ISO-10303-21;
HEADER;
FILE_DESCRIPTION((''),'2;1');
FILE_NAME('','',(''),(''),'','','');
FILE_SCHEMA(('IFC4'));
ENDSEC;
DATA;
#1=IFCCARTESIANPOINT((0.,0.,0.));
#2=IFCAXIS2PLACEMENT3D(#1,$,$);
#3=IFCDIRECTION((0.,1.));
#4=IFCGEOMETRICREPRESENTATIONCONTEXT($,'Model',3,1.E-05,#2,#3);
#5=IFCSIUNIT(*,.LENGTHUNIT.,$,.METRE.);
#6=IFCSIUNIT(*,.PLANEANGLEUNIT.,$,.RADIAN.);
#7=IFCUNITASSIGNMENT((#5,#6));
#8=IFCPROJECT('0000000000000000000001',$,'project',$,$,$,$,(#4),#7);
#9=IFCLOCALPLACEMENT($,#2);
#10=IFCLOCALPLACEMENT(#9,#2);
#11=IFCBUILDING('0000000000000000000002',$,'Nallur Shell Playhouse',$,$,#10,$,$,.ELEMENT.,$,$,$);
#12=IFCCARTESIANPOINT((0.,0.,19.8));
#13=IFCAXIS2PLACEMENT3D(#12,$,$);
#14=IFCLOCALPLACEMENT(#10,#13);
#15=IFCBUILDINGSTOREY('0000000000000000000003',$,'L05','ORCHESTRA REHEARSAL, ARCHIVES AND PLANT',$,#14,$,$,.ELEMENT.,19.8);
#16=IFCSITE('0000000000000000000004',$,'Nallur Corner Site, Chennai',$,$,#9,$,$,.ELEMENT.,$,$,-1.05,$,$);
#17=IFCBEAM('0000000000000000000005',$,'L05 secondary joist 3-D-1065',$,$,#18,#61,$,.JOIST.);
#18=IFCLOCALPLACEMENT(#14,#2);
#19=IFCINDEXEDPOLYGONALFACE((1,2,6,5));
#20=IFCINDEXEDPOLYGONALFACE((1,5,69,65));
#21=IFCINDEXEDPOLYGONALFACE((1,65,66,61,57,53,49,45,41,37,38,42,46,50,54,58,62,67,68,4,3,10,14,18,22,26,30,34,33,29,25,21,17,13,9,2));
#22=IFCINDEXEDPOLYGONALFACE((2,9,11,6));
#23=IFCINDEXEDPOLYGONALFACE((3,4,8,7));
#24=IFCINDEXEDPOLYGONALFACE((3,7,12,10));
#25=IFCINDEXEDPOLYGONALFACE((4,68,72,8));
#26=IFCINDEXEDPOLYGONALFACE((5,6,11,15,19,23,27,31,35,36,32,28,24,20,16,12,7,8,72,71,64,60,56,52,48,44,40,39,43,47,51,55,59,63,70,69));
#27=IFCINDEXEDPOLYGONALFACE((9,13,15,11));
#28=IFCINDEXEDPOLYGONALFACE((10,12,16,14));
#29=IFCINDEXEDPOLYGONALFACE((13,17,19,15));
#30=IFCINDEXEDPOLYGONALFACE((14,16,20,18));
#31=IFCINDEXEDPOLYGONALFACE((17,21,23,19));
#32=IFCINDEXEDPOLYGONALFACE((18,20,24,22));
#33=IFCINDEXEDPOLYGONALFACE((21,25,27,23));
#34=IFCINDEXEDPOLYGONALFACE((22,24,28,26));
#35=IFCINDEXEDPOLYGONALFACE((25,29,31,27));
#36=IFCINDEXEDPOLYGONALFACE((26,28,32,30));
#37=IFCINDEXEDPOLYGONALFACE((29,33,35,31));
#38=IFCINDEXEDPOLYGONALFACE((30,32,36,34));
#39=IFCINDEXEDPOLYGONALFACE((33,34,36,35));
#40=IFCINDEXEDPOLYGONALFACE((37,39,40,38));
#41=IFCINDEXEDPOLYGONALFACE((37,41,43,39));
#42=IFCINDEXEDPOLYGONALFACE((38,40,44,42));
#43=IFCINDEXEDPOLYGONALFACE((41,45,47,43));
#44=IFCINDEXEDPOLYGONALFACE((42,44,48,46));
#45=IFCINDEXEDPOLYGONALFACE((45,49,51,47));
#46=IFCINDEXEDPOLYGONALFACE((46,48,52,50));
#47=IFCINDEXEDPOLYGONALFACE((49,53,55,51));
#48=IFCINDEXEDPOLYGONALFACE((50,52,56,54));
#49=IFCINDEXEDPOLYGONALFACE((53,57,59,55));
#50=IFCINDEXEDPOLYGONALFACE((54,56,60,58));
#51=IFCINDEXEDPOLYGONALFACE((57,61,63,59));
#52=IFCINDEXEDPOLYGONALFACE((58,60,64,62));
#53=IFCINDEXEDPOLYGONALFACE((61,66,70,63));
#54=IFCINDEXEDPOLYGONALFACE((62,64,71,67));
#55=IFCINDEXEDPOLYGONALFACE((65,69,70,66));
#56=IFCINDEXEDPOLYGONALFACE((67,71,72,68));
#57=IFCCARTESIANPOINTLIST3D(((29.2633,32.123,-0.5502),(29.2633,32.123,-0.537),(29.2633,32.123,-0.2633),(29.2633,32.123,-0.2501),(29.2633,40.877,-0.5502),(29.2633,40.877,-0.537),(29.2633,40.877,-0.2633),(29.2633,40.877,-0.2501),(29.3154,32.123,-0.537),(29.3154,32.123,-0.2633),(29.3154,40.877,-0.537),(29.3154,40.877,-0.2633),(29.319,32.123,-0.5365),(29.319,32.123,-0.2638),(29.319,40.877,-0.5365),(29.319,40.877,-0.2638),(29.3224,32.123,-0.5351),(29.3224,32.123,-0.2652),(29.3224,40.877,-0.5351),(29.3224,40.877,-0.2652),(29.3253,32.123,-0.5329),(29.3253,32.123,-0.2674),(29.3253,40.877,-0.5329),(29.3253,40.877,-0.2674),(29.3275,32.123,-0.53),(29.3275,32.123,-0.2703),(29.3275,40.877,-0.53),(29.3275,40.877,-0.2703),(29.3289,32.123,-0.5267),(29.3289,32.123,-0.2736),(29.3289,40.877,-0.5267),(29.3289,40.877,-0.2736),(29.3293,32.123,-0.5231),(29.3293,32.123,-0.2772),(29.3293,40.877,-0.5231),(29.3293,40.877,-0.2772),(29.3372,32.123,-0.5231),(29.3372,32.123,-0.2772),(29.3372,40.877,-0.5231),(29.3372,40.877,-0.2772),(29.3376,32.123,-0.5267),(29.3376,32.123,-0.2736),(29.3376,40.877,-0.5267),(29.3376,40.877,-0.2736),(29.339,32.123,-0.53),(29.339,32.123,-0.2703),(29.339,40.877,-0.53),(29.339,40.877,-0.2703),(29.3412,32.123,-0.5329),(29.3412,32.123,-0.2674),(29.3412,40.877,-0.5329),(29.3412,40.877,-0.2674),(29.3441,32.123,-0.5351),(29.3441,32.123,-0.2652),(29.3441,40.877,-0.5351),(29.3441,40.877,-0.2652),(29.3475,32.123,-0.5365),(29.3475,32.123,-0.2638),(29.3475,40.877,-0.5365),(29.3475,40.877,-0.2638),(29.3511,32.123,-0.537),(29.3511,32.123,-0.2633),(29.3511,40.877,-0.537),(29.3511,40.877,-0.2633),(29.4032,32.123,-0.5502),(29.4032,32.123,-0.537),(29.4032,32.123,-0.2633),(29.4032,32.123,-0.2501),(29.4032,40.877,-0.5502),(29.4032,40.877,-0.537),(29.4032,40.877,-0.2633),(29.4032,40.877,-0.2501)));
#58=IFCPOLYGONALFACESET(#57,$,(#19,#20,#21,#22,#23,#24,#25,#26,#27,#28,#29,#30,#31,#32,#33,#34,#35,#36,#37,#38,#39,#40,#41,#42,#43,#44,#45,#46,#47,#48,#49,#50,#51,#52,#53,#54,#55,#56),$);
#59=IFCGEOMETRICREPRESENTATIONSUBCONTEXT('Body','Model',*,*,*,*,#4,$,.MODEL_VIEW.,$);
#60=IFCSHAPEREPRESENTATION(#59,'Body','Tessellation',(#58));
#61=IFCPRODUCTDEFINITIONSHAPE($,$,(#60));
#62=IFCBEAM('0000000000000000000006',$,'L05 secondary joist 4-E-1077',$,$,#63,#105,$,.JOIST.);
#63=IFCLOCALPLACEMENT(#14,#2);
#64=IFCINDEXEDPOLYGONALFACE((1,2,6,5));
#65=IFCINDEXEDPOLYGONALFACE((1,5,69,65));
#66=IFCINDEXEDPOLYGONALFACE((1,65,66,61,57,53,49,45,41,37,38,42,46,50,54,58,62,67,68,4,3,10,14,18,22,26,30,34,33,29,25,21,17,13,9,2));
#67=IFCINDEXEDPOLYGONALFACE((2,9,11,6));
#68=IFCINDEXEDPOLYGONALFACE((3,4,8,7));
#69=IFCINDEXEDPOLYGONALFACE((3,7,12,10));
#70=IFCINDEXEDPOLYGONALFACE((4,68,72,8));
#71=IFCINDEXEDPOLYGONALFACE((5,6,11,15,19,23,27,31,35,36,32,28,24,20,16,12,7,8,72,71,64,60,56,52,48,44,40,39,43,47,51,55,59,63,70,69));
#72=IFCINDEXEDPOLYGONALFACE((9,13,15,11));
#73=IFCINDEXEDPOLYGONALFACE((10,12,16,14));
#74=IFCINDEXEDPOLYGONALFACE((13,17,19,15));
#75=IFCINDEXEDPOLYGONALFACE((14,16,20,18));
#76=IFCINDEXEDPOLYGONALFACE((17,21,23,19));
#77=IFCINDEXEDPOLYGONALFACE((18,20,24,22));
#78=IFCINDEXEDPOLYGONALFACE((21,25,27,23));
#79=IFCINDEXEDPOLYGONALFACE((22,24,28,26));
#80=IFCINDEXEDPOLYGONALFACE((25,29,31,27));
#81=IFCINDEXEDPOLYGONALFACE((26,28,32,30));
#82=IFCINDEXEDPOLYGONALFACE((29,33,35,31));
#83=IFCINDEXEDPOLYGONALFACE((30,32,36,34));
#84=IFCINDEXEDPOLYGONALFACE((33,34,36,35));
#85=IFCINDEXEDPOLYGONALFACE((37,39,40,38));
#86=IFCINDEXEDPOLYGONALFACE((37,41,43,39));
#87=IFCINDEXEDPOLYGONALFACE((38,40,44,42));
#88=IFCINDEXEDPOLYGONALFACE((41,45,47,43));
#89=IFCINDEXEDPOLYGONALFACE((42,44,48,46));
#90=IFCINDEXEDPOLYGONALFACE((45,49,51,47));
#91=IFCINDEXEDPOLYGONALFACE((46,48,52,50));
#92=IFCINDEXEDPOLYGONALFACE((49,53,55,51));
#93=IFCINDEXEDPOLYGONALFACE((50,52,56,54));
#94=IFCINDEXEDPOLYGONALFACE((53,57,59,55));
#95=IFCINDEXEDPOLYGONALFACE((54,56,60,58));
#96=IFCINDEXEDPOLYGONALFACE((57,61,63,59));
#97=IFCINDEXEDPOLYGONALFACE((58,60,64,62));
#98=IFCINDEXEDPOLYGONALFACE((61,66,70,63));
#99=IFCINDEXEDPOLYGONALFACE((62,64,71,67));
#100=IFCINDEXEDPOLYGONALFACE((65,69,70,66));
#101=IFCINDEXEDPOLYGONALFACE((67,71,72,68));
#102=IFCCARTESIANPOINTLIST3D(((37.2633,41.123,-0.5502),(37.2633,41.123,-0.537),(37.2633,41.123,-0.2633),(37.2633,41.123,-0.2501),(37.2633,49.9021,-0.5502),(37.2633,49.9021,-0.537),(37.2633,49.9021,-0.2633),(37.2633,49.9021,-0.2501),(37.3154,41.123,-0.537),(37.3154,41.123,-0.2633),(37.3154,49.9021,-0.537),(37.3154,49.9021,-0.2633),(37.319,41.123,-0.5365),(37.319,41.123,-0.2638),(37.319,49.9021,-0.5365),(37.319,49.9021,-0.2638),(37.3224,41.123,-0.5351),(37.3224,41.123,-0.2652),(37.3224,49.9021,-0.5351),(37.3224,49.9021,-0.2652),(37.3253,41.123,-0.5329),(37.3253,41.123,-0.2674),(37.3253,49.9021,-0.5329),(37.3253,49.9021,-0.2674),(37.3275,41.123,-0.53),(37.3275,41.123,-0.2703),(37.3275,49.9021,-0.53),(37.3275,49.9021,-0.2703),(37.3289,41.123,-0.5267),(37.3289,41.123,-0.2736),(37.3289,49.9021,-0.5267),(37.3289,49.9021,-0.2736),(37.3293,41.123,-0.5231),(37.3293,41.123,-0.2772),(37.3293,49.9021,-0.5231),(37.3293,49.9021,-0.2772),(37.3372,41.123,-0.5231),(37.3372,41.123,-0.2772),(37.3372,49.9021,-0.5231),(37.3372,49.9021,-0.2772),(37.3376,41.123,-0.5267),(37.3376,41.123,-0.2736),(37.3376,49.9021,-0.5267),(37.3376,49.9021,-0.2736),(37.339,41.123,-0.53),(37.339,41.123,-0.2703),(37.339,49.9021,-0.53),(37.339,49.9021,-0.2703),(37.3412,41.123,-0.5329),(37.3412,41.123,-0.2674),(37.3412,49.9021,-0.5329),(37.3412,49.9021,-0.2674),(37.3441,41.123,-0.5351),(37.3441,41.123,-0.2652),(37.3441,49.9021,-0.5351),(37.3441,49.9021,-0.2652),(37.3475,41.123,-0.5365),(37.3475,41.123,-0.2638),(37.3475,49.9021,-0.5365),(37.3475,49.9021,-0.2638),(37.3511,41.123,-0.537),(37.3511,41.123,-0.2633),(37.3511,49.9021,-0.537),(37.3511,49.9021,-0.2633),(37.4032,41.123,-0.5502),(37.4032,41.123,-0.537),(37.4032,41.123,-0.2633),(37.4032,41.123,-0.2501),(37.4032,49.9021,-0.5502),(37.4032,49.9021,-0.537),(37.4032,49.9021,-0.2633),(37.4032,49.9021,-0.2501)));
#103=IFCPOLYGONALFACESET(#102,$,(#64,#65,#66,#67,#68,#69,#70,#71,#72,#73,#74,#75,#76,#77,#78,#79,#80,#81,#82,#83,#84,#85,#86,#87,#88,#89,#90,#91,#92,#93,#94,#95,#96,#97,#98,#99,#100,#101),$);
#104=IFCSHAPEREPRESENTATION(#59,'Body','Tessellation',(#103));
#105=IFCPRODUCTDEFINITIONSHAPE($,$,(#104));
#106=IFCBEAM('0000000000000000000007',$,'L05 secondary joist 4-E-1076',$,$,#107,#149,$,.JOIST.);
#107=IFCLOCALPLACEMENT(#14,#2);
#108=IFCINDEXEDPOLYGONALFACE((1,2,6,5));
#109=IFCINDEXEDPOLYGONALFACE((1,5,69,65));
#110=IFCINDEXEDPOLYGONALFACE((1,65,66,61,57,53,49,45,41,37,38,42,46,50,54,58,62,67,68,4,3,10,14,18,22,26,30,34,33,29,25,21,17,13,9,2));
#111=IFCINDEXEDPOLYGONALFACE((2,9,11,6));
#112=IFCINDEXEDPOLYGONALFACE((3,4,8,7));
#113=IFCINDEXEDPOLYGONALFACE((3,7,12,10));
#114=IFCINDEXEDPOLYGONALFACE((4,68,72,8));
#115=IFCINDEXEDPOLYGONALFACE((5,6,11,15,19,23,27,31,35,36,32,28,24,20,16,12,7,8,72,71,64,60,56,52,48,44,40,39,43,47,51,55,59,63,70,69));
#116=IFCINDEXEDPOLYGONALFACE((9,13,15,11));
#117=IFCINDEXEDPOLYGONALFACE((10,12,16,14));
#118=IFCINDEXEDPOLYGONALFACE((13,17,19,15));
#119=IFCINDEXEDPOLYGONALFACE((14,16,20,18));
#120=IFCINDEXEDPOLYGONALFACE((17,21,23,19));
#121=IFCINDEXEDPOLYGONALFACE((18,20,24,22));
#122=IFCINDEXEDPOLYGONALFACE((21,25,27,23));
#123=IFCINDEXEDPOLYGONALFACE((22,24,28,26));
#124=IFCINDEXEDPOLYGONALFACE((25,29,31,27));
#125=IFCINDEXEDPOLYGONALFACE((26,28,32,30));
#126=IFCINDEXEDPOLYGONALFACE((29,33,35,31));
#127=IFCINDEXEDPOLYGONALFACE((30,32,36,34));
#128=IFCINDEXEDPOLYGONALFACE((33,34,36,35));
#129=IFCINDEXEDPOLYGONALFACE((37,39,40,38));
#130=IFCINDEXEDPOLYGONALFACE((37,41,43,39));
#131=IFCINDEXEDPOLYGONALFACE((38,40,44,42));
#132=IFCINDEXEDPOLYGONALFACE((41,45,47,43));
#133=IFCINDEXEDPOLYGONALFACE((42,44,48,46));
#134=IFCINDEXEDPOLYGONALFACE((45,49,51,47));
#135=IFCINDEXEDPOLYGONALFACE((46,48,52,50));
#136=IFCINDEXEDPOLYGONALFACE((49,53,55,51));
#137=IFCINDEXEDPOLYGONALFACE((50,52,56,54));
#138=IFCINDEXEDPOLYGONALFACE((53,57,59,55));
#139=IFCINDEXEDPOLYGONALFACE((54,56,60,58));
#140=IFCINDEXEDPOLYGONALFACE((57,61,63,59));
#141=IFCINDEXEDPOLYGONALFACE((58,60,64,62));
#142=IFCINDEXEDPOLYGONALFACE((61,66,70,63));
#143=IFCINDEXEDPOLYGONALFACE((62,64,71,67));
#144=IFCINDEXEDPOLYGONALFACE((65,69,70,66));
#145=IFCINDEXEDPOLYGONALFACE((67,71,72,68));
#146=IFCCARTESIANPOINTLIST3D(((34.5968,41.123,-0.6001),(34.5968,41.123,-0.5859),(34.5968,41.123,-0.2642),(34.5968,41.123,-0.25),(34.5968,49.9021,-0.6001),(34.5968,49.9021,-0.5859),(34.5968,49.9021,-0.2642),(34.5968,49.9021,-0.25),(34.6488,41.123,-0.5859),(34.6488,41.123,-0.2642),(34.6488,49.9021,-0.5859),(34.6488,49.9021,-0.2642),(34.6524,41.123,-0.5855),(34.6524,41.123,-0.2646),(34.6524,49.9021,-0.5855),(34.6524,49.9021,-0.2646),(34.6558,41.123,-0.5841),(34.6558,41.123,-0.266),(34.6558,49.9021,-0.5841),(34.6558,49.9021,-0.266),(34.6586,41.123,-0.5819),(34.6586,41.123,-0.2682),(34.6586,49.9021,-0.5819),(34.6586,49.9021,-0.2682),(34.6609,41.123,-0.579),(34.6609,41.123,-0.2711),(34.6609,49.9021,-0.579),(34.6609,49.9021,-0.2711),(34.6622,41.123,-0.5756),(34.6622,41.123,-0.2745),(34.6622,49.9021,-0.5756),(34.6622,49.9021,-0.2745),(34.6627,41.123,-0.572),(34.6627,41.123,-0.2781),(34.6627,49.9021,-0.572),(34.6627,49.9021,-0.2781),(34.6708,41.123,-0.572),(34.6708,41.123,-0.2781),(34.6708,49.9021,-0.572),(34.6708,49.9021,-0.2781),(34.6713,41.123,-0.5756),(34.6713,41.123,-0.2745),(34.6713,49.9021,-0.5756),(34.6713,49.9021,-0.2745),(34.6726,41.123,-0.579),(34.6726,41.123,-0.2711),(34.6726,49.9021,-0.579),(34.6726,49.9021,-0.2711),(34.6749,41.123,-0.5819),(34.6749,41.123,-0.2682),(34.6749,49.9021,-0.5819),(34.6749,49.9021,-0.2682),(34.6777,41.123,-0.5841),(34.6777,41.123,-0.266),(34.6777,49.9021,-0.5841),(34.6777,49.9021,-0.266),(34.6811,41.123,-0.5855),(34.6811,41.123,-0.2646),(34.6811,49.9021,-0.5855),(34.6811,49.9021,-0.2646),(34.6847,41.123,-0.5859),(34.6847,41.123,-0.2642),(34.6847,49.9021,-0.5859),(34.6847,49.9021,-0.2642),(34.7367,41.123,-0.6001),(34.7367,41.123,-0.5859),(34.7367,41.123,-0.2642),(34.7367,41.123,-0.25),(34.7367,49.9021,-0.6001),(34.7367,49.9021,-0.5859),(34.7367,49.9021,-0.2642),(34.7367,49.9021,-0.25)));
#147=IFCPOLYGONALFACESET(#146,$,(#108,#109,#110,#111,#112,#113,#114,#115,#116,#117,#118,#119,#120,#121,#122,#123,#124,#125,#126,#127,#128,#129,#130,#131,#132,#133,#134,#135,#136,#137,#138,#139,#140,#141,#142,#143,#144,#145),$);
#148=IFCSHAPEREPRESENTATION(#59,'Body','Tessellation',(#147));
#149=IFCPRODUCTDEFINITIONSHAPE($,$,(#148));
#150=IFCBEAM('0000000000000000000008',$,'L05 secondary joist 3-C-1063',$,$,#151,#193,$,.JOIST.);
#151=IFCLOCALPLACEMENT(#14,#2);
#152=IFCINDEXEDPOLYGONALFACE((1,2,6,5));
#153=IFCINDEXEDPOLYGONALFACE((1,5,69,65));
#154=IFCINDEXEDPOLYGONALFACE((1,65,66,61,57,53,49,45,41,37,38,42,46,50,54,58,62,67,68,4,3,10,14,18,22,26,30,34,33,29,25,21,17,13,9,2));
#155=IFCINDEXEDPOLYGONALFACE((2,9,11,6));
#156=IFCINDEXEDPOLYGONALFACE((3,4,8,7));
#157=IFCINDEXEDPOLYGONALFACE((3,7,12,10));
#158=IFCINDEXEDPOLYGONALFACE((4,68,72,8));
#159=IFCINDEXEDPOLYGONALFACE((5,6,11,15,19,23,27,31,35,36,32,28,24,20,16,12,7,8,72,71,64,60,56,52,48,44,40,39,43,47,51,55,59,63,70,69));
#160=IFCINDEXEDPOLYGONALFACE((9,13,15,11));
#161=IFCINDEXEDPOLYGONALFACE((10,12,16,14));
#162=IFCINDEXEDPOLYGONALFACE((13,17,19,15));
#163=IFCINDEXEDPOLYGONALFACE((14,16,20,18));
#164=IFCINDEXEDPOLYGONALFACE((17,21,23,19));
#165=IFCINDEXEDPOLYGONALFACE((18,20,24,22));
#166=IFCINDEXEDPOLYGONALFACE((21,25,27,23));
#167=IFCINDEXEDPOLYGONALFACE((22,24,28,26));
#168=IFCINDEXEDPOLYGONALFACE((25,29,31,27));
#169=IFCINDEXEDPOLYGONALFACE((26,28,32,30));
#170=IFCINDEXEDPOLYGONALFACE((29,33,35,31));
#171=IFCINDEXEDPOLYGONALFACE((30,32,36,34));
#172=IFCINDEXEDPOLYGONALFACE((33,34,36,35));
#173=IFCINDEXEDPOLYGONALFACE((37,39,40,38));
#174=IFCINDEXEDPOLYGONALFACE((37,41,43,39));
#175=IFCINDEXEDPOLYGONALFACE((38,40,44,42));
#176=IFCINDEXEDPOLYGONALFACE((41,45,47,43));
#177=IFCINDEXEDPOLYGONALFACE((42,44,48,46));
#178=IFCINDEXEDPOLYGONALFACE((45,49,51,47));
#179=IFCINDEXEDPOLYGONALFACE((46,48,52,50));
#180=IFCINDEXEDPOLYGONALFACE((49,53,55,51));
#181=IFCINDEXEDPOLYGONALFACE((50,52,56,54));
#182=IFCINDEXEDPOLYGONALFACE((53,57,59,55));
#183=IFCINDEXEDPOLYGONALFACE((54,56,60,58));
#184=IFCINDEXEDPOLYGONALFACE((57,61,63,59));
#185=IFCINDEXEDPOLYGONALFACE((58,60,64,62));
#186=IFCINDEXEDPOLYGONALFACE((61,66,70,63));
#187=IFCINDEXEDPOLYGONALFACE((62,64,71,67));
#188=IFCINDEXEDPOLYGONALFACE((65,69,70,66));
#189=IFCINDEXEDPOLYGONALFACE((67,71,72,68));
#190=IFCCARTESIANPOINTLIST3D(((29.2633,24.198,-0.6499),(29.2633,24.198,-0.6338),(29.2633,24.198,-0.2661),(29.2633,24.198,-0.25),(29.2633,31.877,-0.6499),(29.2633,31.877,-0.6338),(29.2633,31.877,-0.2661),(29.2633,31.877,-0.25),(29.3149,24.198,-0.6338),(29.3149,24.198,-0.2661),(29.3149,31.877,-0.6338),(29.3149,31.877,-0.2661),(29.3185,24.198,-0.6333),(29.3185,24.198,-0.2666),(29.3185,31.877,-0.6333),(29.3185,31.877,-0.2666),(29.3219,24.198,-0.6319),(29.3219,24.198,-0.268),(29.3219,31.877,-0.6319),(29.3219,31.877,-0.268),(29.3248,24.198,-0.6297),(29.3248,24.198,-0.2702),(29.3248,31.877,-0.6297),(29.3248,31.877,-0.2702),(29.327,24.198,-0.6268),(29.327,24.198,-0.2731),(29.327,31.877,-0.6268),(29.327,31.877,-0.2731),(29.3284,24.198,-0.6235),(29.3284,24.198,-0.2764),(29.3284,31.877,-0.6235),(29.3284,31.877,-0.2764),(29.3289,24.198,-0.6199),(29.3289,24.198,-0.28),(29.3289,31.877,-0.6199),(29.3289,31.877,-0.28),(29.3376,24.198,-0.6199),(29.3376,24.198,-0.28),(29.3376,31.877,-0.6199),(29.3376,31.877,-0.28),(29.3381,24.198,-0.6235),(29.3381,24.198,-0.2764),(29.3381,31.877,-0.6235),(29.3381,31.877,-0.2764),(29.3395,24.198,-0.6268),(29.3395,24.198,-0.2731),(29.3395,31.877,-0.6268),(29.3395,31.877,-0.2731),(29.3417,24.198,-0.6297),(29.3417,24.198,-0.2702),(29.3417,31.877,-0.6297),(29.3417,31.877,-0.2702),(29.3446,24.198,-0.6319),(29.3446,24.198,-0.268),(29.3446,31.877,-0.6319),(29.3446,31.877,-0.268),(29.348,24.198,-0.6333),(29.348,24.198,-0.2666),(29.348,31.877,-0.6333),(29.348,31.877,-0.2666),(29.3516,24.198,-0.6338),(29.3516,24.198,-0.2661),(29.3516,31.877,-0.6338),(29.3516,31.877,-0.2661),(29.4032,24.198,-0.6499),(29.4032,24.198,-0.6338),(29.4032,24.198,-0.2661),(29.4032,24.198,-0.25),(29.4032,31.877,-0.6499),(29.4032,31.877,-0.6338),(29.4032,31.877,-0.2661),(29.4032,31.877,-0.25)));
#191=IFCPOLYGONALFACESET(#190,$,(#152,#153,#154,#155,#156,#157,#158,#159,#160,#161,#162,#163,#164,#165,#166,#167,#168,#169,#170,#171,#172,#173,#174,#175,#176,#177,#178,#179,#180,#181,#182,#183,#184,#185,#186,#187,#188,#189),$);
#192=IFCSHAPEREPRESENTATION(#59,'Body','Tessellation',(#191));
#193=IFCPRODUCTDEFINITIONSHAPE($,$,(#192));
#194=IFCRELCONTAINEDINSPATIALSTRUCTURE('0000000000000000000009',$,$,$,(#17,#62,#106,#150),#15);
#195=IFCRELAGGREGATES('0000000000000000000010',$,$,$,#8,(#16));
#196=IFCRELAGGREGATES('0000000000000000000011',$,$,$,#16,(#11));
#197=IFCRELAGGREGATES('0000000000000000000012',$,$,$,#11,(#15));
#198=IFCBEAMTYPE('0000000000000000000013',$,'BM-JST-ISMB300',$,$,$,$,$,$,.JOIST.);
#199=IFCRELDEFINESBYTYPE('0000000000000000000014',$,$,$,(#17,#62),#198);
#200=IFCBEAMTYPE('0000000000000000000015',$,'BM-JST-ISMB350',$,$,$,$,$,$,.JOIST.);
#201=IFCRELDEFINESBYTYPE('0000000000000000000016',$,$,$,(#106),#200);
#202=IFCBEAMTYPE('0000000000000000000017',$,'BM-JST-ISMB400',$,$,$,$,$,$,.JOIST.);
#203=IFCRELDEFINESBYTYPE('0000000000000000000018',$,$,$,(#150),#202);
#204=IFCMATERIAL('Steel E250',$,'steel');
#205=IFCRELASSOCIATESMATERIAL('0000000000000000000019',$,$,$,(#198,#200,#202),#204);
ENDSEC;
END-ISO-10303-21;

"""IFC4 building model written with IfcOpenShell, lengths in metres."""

from ifc_helpers import new_model, si_unit, direction, frame, origin, origin_2d, place, context, subcontext, project, spatial, i_section, extrude, material, material_profile, profile_set, type_object, element, save


model = new_model("IFC4")

# Units and contexts
model_context = context("Model", 3, precision=1e-05, world=origin(), true_north=direction((0.0, 1.0)))
body_context = subcontext(model_context, "Body", "Model", "MODEL_VIEW")
ifc_project = project(units=[si_unit("LENGTHUNIT", "METRE"), si_unit("PLANEANGLEUNIT", "RADIAN")], contexts=[model_context])

# Site, building, storey
site_placement = place(None, origin())
site = spatial("IfcSite", under=ifc_project, at=site_placement, Name="Nallur Corner Site, Chennai", CompositionType="ELEMENT", RefElevation=-1.05)
building_placement = place(site_placement, origin())
building = spatial("IfcBuilding", under=site, at=building_placement, Name="Nallur Shell Playhouse", CompositionType="ELEMENT")
storey_placement = place(building_placement, frame((0.0, 0.0, 19.8)))
storey = spatial("IfcBuildingStorey", under=building, at=storey_placement, Name="L05", Description="ORCHESTRA REHEARSAL, ARCHIVES AND PLANT", CompositionType="ELEMENT", Elevation=19.8)

# Beams
ifc_material_1 = material(Name="Steel E250", Category="steel")
ifc_material_profile_1 = material_profile(ifc_material_1, i_section(OverallWidth=0.1399, OverallDepth=0.3, WebThickness=0.0078, FlangeThickness=0.0132, FilletRadius=0.0139, at=origin_2d()), Name="ISMB 300")
ifc_profile_set_1 = profile_set([ifc_material_profile_1], Name="Steel E250")
beam_type_1 = type_object("IfcBeamType", Name="BM-JST-ISMB300", PredefinedType="JOIST", material=ifc_profile_set_1)
beam_1_placement = place(storey_placement, frame((29.3333, 32.123, -0.4001), z_axis=(0.0, 1.0, 0.0), x_axis=(-1.0, 0.0, 0.0)))
element("IfcBeam", 1, at=beam_1_placement, inside=storey, type_object=beam_type_1, Name="L05 secondary joist 3-D-1065", PredefinedType="JOIST", context=body_context, shape_type="SweptSolid", body=[
    extrude(i_section(OverallWidth=0.1399, OverallDepth=0.3, WebThickness=0.0078, FlangeThickness=0.0132, FilletRadius=0.0139, at=origin_2d()), origin(), (0.0, 0.0, 1.0), 8.7539),
])
beam_2_placement = place(storey_placement, frame((37.3333, 41.123, -0.4001), z_axis=(0.0, 1.0, 0.0), x_axis=(-1.0, 0.0, 0.0)))
element("IfcBeam", 2, at=beam_2_placement, inside=storey, type_object=beam_type_1, Name="L05 secondary joist 4-E-1077", PredefinedType="JOIST", context=body_context, shape_type="SweptSolid", body=[
    extrude(i_section(OverallWidth=0.1399, OverallDepth=0.3, WebThickness=0.0078, FlangeThickness=0.0132, FilletRadius=0.0139, at=origin_2d()), origin(), (0.0, 0.0, 1.0), 8.7791),
])
ifc_material_profile_2 = material_profile(ifc_material_1, i_section(OverallWidth=0.1399, OverallDepth=0.3501, WebThickness=0.0081, FlangeThickness=0.0142, FilletRadius=0.0139, at=origin_2d()), Name="ISMB 350")
ifc_profile_set_2 = profile_set([ifc_material_profile_2], Name="Steel E250")
beam_type_2 = type_object("IfcBeamType", Name="BM-JST-ISMB350", PredefinedType="JOIST", material=ifc_profile_set_2)
beam_3_placement = place(storey_placement, frame((34.6667, 41.123, -0.425), z_axis=(0.0, 1.0, 0.0), x_axis=(-1.0, 0.0, 0.0)))
element("IfcBeam", 3, at=beam_3_placement, inside=storey, type_object=beam_type_2, Name="L05 secondary joist 4-E-1076", PredefinedType="JOIST", context=body_context, shape_type="SweptSolid", body=[
    extrude(i_section(OverallWidth=0.1399, OverallDepth=0.3501, WebThickness=0.0081, FlangeThickness=0.0142, FilletRadius=0.0139, at=origin_2d()), origin(), (0.0, 0.0, 1.0), 8.7791),
])
ifc_material_profile_3 = material_profile(ifc_material_1, i_section(OverallWidth=0.1399, OverallDepth=0.3999, WebThickness=0.0088, FlangeThickness=0.0161, FilletRadius=0.0139, at=origin_2d()), Name="ISMB 400")
ifc_profile_set_3 = profile_set([ifc_material_profile_3], Name="Steel E250")
beam_type_3 = type_object("IfcBeamType", Name="BM-JST-ISMB400", PredefinedType="JOIST", material=ifc_profile_set_3)
beam_4_placement = place(storey_placement, frame((29.3333, 24.198, -0.45), z_axis=(0.0, 1.0, 0.0), x_axis=(-1.0, 0.0, 0.0)))
element("IfcBeam", 4, at=beam_4_placement, inside=storey, type_object=beam_type_3, Name="L05 secondary joist 3-C-1063", PredefinedType="JOIST", context=body_context, shape_type="SweptSolid", body=[
    extrude(i_section(OverallWidth=0.1399, OverallDepth=0.3999, WebThickness=0.0088, FlangeThickness=0.0161, FilletRadius=0.0139, at=origin_2d()), origin(), (0.0, 0.0, 1.0), 7.679),
])

save(model, "model.ifc")
